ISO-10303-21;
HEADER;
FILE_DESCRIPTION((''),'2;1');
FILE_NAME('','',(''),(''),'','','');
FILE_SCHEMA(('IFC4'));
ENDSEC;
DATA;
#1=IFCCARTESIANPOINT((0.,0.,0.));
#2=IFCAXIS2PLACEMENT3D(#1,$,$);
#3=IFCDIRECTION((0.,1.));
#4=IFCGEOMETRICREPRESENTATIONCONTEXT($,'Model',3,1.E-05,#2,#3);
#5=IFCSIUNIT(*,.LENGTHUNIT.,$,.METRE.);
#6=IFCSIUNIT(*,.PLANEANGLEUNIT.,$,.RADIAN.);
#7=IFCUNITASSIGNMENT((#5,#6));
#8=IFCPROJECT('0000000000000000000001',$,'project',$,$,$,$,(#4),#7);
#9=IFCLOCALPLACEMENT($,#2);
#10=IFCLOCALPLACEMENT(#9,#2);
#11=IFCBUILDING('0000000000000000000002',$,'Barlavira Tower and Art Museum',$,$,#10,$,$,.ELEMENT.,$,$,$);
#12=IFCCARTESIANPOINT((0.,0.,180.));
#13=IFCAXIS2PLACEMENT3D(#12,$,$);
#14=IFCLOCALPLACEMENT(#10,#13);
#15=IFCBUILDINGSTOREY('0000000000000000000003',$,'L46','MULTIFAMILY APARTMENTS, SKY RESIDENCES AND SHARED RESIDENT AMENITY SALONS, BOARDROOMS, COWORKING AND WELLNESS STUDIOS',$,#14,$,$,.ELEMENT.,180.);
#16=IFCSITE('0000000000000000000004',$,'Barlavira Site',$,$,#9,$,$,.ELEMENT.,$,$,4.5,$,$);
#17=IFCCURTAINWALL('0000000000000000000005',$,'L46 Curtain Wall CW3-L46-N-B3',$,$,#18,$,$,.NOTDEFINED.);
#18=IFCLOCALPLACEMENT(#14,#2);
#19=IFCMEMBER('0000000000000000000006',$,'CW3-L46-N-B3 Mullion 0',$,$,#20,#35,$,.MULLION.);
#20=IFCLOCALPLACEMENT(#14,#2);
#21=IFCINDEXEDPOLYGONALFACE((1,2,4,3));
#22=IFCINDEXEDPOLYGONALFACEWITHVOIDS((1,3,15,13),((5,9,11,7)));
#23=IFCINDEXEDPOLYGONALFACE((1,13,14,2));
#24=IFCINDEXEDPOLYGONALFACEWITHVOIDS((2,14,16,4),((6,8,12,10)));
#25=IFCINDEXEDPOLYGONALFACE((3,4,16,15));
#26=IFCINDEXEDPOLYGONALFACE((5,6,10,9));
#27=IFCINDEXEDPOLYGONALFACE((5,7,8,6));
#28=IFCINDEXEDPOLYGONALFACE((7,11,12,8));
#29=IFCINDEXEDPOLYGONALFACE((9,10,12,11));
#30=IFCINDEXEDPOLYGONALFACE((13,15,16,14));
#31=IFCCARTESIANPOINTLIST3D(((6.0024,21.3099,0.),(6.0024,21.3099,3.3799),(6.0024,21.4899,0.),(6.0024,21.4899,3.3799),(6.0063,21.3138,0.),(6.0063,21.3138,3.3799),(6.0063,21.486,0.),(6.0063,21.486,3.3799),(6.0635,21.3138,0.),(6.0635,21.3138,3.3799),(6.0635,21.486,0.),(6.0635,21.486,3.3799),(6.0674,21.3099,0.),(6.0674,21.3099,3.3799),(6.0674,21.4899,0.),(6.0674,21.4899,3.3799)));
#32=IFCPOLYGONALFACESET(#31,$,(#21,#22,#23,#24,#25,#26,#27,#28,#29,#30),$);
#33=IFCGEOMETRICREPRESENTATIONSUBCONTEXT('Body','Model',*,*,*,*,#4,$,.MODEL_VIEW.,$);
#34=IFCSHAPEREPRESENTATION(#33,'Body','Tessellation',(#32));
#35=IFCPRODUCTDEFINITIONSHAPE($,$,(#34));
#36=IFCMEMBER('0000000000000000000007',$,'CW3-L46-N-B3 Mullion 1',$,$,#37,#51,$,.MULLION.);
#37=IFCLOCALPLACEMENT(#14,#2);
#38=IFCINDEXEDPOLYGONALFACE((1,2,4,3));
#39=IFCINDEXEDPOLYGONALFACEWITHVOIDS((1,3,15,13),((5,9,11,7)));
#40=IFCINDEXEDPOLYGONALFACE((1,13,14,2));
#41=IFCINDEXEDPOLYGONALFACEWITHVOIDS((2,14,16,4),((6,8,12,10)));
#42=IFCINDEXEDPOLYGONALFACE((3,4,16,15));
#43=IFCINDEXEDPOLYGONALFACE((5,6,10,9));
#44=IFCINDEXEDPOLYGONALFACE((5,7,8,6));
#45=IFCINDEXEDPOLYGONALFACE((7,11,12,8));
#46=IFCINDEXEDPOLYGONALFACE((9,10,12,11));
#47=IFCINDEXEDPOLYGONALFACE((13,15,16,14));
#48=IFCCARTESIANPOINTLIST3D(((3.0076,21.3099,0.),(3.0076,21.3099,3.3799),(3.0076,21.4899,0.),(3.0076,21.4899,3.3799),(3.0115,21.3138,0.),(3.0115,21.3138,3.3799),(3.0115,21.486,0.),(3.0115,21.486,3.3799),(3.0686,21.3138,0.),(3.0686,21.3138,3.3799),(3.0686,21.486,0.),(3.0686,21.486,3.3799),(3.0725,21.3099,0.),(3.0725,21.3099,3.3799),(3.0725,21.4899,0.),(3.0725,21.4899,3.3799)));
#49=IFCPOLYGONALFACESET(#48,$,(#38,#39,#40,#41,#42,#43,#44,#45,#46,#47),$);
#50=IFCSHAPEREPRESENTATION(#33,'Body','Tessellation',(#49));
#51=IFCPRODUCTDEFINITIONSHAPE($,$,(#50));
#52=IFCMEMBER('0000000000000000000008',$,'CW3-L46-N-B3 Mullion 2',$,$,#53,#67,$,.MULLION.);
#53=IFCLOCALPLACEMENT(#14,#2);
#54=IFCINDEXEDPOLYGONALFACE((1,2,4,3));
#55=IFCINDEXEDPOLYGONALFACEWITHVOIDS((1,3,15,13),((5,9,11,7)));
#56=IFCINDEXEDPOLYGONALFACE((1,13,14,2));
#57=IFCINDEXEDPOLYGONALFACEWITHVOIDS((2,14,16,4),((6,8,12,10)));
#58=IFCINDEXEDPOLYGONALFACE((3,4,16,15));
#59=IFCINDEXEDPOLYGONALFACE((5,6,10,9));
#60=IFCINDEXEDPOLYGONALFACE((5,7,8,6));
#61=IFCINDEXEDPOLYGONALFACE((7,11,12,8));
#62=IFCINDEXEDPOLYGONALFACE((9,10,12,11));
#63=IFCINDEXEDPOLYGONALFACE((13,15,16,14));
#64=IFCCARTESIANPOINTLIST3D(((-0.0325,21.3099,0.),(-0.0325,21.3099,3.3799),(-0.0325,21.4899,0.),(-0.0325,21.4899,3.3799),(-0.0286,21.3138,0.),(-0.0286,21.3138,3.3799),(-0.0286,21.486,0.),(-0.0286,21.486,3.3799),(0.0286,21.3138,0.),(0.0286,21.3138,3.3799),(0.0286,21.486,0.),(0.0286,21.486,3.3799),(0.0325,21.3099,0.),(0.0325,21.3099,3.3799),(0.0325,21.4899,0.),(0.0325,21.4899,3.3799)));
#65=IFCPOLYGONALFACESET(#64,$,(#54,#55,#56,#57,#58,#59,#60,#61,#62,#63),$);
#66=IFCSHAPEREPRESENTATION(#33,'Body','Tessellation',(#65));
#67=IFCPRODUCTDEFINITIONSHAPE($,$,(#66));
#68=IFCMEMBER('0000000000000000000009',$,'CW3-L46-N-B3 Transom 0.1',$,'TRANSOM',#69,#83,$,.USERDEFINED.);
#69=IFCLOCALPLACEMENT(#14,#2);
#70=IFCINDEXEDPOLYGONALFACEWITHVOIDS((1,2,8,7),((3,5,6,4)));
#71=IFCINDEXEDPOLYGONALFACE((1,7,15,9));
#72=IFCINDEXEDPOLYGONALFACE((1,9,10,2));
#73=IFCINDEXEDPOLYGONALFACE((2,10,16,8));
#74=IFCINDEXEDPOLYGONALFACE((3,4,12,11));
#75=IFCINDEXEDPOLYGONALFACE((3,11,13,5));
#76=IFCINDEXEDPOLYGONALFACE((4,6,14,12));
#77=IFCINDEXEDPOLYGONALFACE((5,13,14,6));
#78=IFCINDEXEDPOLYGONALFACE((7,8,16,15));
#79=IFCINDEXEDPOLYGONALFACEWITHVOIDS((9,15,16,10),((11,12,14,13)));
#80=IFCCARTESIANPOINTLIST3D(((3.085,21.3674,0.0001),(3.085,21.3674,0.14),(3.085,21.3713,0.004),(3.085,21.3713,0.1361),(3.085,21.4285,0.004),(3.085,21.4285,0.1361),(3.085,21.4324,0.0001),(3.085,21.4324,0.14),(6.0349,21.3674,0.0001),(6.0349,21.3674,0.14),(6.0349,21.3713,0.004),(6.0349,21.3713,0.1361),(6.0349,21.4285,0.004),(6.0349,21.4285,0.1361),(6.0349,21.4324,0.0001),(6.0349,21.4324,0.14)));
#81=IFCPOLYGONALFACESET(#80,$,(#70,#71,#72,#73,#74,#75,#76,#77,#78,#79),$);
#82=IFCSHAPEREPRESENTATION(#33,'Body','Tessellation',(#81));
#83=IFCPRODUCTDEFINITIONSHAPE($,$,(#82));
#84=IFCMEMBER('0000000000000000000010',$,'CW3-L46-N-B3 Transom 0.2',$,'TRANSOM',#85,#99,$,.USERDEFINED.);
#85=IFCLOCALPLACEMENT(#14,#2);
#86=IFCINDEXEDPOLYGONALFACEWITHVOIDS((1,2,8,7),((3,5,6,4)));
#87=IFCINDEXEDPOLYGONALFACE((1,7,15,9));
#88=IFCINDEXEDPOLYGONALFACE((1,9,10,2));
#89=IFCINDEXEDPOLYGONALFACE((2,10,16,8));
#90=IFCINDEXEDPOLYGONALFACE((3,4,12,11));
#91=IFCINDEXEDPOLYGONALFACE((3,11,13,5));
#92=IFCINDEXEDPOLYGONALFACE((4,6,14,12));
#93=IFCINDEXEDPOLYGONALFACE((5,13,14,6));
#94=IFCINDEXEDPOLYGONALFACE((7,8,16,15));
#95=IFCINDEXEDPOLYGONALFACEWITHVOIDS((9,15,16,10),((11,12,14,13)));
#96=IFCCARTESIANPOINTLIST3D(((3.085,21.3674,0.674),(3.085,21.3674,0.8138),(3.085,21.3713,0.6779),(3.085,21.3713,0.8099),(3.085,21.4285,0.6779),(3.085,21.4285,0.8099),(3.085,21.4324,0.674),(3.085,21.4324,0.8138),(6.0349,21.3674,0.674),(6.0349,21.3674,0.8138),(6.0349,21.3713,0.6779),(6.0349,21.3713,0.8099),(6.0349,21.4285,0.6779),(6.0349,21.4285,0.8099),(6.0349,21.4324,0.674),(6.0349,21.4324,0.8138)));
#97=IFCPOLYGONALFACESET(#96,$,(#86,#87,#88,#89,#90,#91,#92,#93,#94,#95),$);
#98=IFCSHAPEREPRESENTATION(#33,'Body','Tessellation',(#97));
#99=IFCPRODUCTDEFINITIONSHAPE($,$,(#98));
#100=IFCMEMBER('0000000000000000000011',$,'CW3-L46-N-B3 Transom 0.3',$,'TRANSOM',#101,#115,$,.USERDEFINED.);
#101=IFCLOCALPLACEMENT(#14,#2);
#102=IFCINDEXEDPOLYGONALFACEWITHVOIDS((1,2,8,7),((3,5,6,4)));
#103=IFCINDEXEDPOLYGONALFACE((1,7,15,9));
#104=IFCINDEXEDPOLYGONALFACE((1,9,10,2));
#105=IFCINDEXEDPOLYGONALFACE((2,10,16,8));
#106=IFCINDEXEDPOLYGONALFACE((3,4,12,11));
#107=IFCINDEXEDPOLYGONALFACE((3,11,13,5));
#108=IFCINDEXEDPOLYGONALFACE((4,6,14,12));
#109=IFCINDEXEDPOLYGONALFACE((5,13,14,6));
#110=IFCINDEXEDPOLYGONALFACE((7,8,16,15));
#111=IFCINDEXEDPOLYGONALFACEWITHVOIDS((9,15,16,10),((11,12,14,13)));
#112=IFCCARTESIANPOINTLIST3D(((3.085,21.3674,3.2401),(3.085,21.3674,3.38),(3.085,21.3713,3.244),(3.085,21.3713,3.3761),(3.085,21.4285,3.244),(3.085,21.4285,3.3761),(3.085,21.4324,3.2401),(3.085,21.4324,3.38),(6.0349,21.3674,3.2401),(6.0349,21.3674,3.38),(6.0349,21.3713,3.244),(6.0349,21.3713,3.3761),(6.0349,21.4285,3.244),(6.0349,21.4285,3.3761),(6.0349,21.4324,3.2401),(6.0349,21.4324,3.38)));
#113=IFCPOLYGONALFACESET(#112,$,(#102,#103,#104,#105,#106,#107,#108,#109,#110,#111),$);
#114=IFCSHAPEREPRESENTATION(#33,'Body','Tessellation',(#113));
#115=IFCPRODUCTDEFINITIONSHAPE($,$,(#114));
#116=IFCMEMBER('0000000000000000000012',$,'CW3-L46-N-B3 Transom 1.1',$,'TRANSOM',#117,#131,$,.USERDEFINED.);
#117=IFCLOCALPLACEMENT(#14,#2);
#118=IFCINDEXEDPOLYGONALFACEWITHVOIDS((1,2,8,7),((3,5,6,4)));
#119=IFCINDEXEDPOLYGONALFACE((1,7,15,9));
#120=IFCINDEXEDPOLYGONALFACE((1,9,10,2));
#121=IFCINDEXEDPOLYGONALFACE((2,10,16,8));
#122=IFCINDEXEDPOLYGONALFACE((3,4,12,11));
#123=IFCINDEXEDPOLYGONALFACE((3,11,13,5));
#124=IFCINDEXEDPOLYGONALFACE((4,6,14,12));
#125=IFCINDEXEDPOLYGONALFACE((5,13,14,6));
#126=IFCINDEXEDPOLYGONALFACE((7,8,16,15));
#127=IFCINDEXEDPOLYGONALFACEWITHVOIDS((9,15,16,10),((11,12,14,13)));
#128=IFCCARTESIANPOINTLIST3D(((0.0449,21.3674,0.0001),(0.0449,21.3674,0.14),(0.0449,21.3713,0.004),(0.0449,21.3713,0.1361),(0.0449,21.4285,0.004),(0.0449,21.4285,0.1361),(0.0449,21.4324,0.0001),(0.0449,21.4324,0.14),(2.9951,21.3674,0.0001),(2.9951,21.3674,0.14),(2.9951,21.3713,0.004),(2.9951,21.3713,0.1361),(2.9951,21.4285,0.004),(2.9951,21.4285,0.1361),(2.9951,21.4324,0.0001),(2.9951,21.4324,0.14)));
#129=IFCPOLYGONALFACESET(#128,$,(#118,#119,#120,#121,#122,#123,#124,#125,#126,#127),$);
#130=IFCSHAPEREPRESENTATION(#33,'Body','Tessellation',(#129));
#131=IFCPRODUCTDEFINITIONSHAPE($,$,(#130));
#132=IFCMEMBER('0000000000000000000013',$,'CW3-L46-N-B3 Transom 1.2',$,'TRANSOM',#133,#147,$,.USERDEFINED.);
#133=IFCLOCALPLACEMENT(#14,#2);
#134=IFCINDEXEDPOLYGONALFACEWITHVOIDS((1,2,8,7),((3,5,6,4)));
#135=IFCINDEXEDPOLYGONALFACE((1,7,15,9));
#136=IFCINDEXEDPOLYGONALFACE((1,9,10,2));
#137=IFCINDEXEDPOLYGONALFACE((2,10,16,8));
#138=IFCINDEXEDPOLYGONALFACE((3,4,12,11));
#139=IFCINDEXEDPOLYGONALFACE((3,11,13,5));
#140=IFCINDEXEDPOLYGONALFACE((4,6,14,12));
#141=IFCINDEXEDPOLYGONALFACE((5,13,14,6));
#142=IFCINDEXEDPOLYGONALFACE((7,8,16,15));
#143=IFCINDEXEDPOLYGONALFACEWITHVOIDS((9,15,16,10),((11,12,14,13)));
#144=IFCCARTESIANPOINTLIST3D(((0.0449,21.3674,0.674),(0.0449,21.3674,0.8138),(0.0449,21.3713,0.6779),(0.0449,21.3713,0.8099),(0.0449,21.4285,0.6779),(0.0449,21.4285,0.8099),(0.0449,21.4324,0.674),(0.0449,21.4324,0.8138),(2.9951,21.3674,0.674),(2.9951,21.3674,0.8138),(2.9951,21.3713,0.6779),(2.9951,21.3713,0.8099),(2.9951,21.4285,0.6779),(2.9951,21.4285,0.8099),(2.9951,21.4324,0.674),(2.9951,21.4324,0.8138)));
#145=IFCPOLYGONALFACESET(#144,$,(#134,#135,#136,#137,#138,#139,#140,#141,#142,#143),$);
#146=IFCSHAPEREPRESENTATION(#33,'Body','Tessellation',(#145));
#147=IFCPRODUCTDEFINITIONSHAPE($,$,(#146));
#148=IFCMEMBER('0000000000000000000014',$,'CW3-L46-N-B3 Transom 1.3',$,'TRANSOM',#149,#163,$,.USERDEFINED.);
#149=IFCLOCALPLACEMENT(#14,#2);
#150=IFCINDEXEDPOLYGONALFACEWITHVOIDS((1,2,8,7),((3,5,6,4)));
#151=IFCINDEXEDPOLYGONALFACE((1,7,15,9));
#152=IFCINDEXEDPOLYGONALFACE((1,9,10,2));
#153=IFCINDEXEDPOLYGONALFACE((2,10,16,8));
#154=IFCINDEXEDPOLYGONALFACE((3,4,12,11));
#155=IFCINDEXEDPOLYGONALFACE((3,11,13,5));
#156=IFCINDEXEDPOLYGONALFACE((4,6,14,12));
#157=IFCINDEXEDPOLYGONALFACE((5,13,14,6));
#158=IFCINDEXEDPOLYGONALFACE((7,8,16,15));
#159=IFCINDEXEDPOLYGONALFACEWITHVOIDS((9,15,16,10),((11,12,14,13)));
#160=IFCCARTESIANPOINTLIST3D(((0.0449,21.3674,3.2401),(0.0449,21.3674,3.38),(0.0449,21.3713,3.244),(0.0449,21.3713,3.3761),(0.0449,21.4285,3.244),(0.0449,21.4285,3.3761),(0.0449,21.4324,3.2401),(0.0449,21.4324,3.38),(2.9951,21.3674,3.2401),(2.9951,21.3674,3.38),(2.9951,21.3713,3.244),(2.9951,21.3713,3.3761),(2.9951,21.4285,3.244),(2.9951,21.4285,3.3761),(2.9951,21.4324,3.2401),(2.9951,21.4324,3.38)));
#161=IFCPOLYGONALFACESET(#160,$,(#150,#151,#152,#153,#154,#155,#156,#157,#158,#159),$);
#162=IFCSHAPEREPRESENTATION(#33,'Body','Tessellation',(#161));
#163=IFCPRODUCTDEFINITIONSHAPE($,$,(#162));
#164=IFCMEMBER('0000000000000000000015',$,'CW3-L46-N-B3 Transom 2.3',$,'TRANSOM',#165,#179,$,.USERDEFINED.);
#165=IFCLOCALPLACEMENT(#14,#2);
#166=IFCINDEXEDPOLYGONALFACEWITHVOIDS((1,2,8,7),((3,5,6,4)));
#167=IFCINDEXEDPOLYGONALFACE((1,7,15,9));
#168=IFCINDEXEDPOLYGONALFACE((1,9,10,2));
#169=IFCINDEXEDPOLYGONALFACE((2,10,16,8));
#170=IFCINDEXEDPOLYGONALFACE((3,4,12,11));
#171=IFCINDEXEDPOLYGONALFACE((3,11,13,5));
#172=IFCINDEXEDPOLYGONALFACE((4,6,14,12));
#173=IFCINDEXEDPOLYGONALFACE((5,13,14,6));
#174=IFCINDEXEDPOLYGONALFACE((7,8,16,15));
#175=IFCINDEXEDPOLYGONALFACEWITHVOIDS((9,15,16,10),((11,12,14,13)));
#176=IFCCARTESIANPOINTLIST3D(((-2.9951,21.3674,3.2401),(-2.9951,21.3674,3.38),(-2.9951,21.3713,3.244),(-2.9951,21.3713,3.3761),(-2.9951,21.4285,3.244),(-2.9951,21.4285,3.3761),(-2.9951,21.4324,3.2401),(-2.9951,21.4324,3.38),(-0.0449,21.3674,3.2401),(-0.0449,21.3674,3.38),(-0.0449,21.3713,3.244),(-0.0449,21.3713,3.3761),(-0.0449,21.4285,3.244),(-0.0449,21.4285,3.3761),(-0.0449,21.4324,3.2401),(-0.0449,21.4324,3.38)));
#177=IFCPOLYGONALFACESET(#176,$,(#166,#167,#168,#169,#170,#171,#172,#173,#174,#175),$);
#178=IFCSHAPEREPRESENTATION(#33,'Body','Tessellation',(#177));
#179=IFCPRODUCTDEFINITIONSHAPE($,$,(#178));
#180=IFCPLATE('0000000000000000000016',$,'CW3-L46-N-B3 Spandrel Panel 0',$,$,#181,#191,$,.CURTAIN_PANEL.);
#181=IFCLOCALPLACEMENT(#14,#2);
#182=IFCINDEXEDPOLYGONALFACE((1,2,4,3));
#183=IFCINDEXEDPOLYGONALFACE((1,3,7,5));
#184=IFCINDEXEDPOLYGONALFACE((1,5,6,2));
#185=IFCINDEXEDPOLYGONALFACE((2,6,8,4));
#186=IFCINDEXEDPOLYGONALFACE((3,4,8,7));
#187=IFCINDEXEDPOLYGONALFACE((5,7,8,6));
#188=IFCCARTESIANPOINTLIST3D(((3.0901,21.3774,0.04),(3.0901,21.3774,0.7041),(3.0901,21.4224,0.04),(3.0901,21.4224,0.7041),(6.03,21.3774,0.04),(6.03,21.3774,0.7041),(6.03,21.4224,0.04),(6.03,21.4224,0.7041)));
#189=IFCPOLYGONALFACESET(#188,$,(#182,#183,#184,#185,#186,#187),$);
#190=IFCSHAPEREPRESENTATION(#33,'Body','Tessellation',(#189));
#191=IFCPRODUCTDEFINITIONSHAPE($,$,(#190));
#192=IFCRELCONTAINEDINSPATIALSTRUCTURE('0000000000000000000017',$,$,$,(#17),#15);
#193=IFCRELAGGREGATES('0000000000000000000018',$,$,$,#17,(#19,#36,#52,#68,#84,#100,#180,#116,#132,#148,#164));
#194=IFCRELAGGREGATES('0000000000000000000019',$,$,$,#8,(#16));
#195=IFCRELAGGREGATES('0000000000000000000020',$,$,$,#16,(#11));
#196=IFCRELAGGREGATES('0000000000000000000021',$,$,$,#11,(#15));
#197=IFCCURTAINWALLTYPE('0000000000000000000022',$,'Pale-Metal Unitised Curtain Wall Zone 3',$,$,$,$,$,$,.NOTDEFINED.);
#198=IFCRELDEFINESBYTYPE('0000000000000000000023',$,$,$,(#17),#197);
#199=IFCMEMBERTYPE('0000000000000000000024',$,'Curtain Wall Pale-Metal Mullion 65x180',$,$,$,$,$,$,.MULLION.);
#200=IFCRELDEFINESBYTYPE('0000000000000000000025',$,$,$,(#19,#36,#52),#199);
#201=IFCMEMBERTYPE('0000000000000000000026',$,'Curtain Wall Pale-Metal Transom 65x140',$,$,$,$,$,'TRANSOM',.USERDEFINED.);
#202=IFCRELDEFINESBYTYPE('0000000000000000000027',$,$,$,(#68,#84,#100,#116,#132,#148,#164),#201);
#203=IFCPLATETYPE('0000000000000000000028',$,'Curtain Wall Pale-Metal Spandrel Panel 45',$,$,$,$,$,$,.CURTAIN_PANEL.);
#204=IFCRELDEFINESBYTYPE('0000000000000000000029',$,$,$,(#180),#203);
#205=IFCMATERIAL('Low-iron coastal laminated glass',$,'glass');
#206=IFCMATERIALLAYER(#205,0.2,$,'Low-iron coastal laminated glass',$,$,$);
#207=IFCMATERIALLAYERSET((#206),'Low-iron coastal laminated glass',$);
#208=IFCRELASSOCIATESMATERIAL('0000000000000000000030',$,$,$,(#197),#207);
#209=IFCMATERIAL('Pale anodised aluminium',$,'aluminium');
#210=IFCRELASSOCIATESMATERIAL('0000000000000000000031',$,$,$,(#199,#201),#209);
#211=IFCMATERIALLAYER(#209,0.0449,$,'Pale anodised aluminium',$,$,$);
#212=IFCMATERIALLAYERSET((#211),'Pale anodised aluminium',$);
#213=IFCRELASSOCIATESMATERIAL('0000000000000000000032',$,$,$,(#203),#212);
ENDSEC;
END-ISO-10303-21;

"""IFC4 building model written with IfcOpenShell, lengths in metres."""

from ifc_helpers import new_model, si_unit, direction, frame, origin, origin_2d, place, context, subcontext, project, spatial, rectangle, hollow_rectangle, extrude, material, layer, layer_set, material_profile, profile_set, type_object, element, aggregate, save


model = new_model("IFC4")

# Units and contexts
model_context = context("Model", 3, precision=1e-05, world=origin(), true_north=direction((0.0, 1.0)))
body_context = subcontext(model_context, "Body", "Model", "MODEL_VIEW")
ifc_project = project(units=[si_unit("LENGTHUNIT", "METRE"), si_unit("PLANEANGLEUNIT", "RADIAN")], contexts=[model_context])

# Site, building, storey
site_placement = place(None, origin())
site = spatial("IfcSite", under=ifc_project, at=site_placement, Name="Barlavira Site", CompositionType="ELEMENT", RefElevation=4.5)
building_placement = place(site_placement, origin())
building = spatial("IfcBuilding", under=site, at=building_placement, Name="Barlavira Tower and Art Museum", CompositionType="ELEMENT")
storey_placement = place(building_placement, frame((0.0, 0.0, 180.0)))
storey = spatial("IfcBuildingStorey", under=building, at=storey_placement, Name="L46", Description="MULTIFAMILY APARTMENTS, SKY RESIDENCES AND SHARED RESIDENT AMENITY SALONS, BOARDROOMS, COWORKING AND WELLNESS STUDIOS", CompositionType="ELEMENT", Elevation=180.0)

# Curtain wall, members, plate
ifc_material_1 = material(Name="Low-iron coastal laminated glass", Category="glass")
ifc_layer_1 = layer(ifc_material_1, 0.2, Name="Low-iron coastal laminated glass")
ifc_layer_set_1 = layer_set([ifc_layer_1], Name="Low-iron coastal laminated glass")
curtain_wall_type = type_object("IfcCurtainWallType", Name="Pale-Metal Unitised Curtain Wall Zone 3", PredefinedType="NOTDEFINED", material=ifc_layer_set_1)
curtain_wall_placement = place(storey_placement, origin())
curtain_wall = element("IfcCurtainWall", 1, at=curtain_wall_placement, inside=storey, type_object=curtain_wall_type, Name="L46 Curtain Wall CW3-L46-N-B3", PredefinedType="NOTDEFINED")
ifc_material_2 = material(Name="Pale anodised aluminium", Category="aluminium")
ifc_material_profile_1 = material_profile(ifc_material_2, hollow_rectangle(XDim=0.0649, YDim=0.1799, WallThickness=0.0039, at=origin_2d()), Name="ALU-MULL 65x180x4")
ifc_profile_set_1 = profile_set([ifc_material_profile_1], Name="Pale anodised aluminium")
member_type_1 = type_object("IfcMemberType", Name="Curtain Wall Pale-Metal Mullion 65x180", PredefinedType="MULLION", material=ifc_profile_set_1)
member_1_placement = place(storey_placement, frame((6.0349, 21.3999, 0.0), z_axis=(0.0, 0.0, 1.0), x_axis=(-1.0, 0.0, 0.0)))
member_1 = element("IfcMember", 2, at=member_1_placement, type_object=member_type_1, Name="CW3-L46-N-B3 Mullion 0", PredefinedType="MULLION", context=body_context, shape_type="SweptSolid", body=[
    extrude(hollow_rectangle(XDim=0.0649, YDim=0.1799, WallThickness=0.0039, at=origin_2d()), origin(), (0.0, 0.0, 1.0), 3.3799),
])
member_2_placement = place(storey_placement, frame((3.04, 21.3999, 0.0), z_axis=(0.0, 0.0, 1.0), x_axis=(-1.0, 0.0, 0.0)))
member_2 = element("IfcMember", 3, at=member_2_placement, type_object=member_type_1, Name="CW3-L46-N-B3 Mullion 1", PredefinedType="MULLION", context=body_context, shape_type="SweptSolid", body=[
    extrude(hollow_rectangle(XDim=0.0649, YDim=0.1799, WallThickness=0.0039, at=origin_2d()), origin(), (0.0, 0.0, 1.0), 3.3799),
])
member_3_placement = place(storey_placement, frame((0.0, 21.3999, 0.0), z_axis=(0.0, 0.0, 1.0), x_axis=(-1.0, 0.0, 0.0)))
member_3 = element("IfcMember", 4, at=member_3_placement, type_object=member_type_1, Name="CW3-L46-N-B3 Mullion 2", PredefinedType="MULLION", context=body_context, shape_type="SweptSolid", body=[
    extrude(hollow_rectangle(XDim=0.0649, YDim=0.1799, WallThickness=0.0039, at=origin_2d()), origin(), (0.0, 0.0, 1.0), 3.3799),
])
ifc_material_profile_2 = material_profile(ifc_material_2, hollow_rectangle(XDim=0.0649, YDim=0.1399, WallThickness=0.0039, at=origin_2d()), Name="ALU-TRAN 65x140x4")
ifc_profile_set_2 = profile_set([ifc_material_profile_2], Name="Pale anodised aluminium")
member_type_2 = type_object("IfcMemberType", Name="Curtain Wall Pale-Metal Transom 65x140", ElementType="TRANSOM", PredefinedType="USERDEFINED", material=ifc_profile_set_2)
member_4_placement = place(storey_placement, frame((6.0349, 21.3999, 0.0701), z_axis=(-1.0, 0.0, 0.0), x_axis=(0.0, -1.0, 0.0)))
member_4 = element("IfcMember", 5, at=member_4_placement, type_object=member_type_2, Name="CW3-L46-N-B3 Transom 0.1", ObjectType="TRANSOM", PredefinedType="USERDEFINED", context=body_context, shape_type="SweptSolid", body=[
    extrude(hollow_rectangle(XDim=0.0649, YDim=0.1399, WallThickness=0.0039, at=origin_2d()), origin(), (0.0, 0.0, 1.0), 2.95),
])
member_5_placement = place(storey_placement, frame((6.0349, 21.3999, 0.7439), z_axis=(-1.0, 0.0, 0.0), x_axis=(0.0, -1.0, 0.0)))
member_5 = element("IfcMember", 6, at=member_5_placement, type_object=member_type_2, Name="CW3-L46-N-B3 Transom 0.2", ObjectType="TRANSOM", PredefinedType="USERDEFINED", context=body_context, shape_type="SweptSolid", body=[
    extrude(hollow_rectangle(XDim=0.0649, YDim=0.1399, WallThickness=0.0039, at=origin_2d()), origin(), (0.0, 0.0, 1.0), 2.95),
])
member_6_placement = place(storey_placement, frame((6.0349, 21.3999, 3.3101), z_axis=(-1.0, 0.0, 0.0), x_axis=(0.0, -1.0, 0.0)))
member_6 = element("IfcMember", 7, at=member_6_placement, type_object=member_type_2, Name="CW3-L46-N-B3 Transom 0.3", ObjectType="TRANSOM", PredefinedType="USERDEFINED", context=body_context, shape_type="SweptSolid", body=[
    extrude(hollow_rectangle(XDim=0.0649, YDim=0.1399, WallThickness=0.0039, at=origin_2d()), origin(), (0.0, 0.0, 1.0), 2.95),
])
member_7_placement = place(storey_placement, frame((2.9951, 21.3999, 0.0701), z_axis=(-1.0, 0.0, 0.0), x_axis=(0.0, -1.0, 0.0)))
member_7 = element("IfcMember", 8, at=member_7_placement, type_object=member_type_2, Name="CW3-L46-N-B3 Transom 1.1", ObjectType="TRANSOM", PredefinedType="USERDEFINED", context=body_context, shape_type="SweptSolid", body=[
    extrude(hollow_rectangle(XDim=0.0649, YDim=0.1399, WallThickness=0.0039, at=origin_2d()), origin(), (0.0, 0.0, 1.0), 2.9502),
])
member_8_placement = place(storey_placement, frame((2.9951, 21.3999, 0.7439), z_axis=(-1.0, 0.0, 0.0), x_axis=(0.0, -1.0, 0.0)))
member_8 = element("IfcMember", 9, at=member_8_placement, type_object=member_type_2, Name="CW3-L46-N-B3 Transom 1.2", ObjectType="TRANSOM", PredefinedType="USERDEFINED", context=body_context, shape_type="SweptSolid", body=[
    extrude(hollow_rectangle(XDim=0.0649, YDim=0.1399, WallThickness=0.0039, at=origin_2d()), origin(), (0.0, 0.0, 1.0), 2.9502),
])
member_9_placement = place(storey_placement, frame((2.9951, 21.3999, 3.3101), z_axis=(-1.0, 0.0, 0.0), x_axis=(0.0, -1.0, 0.0)))
member_9 = element("IfcMember", 10, at=member_9_placement, type_object=member_type_2, Name="CW3-L46-N-B3 Transom 1.3", ObjectType="TRANSOM", PredefinedType="USERDEFINED", context=body_context, shape_type="SweptSolid", body=[
    extrude(hollow_rectangle(XDim=0.0649, YDim=0.1399, WallThickness=0.0039, at=origin_2d()), origin(), (0.0, 0.0, 1.0), 2.9502),
])
member_10_placement = place(storey_placement, frame((-0.0449, 21.3999, 3.3101), z_axis=(-1.0, 0.0, 0.0), x_axis=(0.0, -1.0, 0.0)))
member_10 = element("IfcMember", 11, at=member_10_placement, type_object=member_type_2, Name="CW3-L46-N-B3 Transom 2.3", ObjectType="TRANSOM", PredefinedType="USERDEFINED", context=body_context, shape_type="SweptSolid", body=[
    extrude(hollow_rectangle(XDim=0.0649, YDim=0.1399, WallThickness=0.0039, at=origin_2d()), origin(), (0.0, 0.0, 1.0), 2.9502),
])
ifc_layer_2 = layer(ifc_material_2, 0.0449, Name="Pale anodised aluminium")
ifc_layer_set_2 = layer_set([ifc_layer_2], Name="Pale anodised aluminium")
plate_type_1 = type_object("IfcPlateType", Name="Curtain Wall Pale-Metal Spandrel Panel 45", PredefinedType="CURTAIN_PANEL", material=ifc_layer_set_2)
plate_1_placement = place(storey_placement, frame((4.5601, 21.3999, 0.04), z_axis=(0.0, 0.0, 1.0), x_axis=(-1.0, 0.0, 0.0)))
plate_1 = element("IfcPlate", 12, at=plate_1_placement, type_object=plate_type_1, Name="CW3-L46-N-B3 Spandrel Panel 0", PredefinedType="CURTAIN_PANEL", context=body_context, shape_type="SweptSolid", body=[
    extrude(rectangle(XDim=2.9399, YDim=0.0449, at=origin_2d()), origin(), (0.0, 0.0, 1.0), 0.6641),
])
aggregate(curtain_wall, [member_1, member_2, member_3, member_4, member_5, member_6, plate_1, member_7, member_8, member_9, member_10])

save(model, "model.ifc")
